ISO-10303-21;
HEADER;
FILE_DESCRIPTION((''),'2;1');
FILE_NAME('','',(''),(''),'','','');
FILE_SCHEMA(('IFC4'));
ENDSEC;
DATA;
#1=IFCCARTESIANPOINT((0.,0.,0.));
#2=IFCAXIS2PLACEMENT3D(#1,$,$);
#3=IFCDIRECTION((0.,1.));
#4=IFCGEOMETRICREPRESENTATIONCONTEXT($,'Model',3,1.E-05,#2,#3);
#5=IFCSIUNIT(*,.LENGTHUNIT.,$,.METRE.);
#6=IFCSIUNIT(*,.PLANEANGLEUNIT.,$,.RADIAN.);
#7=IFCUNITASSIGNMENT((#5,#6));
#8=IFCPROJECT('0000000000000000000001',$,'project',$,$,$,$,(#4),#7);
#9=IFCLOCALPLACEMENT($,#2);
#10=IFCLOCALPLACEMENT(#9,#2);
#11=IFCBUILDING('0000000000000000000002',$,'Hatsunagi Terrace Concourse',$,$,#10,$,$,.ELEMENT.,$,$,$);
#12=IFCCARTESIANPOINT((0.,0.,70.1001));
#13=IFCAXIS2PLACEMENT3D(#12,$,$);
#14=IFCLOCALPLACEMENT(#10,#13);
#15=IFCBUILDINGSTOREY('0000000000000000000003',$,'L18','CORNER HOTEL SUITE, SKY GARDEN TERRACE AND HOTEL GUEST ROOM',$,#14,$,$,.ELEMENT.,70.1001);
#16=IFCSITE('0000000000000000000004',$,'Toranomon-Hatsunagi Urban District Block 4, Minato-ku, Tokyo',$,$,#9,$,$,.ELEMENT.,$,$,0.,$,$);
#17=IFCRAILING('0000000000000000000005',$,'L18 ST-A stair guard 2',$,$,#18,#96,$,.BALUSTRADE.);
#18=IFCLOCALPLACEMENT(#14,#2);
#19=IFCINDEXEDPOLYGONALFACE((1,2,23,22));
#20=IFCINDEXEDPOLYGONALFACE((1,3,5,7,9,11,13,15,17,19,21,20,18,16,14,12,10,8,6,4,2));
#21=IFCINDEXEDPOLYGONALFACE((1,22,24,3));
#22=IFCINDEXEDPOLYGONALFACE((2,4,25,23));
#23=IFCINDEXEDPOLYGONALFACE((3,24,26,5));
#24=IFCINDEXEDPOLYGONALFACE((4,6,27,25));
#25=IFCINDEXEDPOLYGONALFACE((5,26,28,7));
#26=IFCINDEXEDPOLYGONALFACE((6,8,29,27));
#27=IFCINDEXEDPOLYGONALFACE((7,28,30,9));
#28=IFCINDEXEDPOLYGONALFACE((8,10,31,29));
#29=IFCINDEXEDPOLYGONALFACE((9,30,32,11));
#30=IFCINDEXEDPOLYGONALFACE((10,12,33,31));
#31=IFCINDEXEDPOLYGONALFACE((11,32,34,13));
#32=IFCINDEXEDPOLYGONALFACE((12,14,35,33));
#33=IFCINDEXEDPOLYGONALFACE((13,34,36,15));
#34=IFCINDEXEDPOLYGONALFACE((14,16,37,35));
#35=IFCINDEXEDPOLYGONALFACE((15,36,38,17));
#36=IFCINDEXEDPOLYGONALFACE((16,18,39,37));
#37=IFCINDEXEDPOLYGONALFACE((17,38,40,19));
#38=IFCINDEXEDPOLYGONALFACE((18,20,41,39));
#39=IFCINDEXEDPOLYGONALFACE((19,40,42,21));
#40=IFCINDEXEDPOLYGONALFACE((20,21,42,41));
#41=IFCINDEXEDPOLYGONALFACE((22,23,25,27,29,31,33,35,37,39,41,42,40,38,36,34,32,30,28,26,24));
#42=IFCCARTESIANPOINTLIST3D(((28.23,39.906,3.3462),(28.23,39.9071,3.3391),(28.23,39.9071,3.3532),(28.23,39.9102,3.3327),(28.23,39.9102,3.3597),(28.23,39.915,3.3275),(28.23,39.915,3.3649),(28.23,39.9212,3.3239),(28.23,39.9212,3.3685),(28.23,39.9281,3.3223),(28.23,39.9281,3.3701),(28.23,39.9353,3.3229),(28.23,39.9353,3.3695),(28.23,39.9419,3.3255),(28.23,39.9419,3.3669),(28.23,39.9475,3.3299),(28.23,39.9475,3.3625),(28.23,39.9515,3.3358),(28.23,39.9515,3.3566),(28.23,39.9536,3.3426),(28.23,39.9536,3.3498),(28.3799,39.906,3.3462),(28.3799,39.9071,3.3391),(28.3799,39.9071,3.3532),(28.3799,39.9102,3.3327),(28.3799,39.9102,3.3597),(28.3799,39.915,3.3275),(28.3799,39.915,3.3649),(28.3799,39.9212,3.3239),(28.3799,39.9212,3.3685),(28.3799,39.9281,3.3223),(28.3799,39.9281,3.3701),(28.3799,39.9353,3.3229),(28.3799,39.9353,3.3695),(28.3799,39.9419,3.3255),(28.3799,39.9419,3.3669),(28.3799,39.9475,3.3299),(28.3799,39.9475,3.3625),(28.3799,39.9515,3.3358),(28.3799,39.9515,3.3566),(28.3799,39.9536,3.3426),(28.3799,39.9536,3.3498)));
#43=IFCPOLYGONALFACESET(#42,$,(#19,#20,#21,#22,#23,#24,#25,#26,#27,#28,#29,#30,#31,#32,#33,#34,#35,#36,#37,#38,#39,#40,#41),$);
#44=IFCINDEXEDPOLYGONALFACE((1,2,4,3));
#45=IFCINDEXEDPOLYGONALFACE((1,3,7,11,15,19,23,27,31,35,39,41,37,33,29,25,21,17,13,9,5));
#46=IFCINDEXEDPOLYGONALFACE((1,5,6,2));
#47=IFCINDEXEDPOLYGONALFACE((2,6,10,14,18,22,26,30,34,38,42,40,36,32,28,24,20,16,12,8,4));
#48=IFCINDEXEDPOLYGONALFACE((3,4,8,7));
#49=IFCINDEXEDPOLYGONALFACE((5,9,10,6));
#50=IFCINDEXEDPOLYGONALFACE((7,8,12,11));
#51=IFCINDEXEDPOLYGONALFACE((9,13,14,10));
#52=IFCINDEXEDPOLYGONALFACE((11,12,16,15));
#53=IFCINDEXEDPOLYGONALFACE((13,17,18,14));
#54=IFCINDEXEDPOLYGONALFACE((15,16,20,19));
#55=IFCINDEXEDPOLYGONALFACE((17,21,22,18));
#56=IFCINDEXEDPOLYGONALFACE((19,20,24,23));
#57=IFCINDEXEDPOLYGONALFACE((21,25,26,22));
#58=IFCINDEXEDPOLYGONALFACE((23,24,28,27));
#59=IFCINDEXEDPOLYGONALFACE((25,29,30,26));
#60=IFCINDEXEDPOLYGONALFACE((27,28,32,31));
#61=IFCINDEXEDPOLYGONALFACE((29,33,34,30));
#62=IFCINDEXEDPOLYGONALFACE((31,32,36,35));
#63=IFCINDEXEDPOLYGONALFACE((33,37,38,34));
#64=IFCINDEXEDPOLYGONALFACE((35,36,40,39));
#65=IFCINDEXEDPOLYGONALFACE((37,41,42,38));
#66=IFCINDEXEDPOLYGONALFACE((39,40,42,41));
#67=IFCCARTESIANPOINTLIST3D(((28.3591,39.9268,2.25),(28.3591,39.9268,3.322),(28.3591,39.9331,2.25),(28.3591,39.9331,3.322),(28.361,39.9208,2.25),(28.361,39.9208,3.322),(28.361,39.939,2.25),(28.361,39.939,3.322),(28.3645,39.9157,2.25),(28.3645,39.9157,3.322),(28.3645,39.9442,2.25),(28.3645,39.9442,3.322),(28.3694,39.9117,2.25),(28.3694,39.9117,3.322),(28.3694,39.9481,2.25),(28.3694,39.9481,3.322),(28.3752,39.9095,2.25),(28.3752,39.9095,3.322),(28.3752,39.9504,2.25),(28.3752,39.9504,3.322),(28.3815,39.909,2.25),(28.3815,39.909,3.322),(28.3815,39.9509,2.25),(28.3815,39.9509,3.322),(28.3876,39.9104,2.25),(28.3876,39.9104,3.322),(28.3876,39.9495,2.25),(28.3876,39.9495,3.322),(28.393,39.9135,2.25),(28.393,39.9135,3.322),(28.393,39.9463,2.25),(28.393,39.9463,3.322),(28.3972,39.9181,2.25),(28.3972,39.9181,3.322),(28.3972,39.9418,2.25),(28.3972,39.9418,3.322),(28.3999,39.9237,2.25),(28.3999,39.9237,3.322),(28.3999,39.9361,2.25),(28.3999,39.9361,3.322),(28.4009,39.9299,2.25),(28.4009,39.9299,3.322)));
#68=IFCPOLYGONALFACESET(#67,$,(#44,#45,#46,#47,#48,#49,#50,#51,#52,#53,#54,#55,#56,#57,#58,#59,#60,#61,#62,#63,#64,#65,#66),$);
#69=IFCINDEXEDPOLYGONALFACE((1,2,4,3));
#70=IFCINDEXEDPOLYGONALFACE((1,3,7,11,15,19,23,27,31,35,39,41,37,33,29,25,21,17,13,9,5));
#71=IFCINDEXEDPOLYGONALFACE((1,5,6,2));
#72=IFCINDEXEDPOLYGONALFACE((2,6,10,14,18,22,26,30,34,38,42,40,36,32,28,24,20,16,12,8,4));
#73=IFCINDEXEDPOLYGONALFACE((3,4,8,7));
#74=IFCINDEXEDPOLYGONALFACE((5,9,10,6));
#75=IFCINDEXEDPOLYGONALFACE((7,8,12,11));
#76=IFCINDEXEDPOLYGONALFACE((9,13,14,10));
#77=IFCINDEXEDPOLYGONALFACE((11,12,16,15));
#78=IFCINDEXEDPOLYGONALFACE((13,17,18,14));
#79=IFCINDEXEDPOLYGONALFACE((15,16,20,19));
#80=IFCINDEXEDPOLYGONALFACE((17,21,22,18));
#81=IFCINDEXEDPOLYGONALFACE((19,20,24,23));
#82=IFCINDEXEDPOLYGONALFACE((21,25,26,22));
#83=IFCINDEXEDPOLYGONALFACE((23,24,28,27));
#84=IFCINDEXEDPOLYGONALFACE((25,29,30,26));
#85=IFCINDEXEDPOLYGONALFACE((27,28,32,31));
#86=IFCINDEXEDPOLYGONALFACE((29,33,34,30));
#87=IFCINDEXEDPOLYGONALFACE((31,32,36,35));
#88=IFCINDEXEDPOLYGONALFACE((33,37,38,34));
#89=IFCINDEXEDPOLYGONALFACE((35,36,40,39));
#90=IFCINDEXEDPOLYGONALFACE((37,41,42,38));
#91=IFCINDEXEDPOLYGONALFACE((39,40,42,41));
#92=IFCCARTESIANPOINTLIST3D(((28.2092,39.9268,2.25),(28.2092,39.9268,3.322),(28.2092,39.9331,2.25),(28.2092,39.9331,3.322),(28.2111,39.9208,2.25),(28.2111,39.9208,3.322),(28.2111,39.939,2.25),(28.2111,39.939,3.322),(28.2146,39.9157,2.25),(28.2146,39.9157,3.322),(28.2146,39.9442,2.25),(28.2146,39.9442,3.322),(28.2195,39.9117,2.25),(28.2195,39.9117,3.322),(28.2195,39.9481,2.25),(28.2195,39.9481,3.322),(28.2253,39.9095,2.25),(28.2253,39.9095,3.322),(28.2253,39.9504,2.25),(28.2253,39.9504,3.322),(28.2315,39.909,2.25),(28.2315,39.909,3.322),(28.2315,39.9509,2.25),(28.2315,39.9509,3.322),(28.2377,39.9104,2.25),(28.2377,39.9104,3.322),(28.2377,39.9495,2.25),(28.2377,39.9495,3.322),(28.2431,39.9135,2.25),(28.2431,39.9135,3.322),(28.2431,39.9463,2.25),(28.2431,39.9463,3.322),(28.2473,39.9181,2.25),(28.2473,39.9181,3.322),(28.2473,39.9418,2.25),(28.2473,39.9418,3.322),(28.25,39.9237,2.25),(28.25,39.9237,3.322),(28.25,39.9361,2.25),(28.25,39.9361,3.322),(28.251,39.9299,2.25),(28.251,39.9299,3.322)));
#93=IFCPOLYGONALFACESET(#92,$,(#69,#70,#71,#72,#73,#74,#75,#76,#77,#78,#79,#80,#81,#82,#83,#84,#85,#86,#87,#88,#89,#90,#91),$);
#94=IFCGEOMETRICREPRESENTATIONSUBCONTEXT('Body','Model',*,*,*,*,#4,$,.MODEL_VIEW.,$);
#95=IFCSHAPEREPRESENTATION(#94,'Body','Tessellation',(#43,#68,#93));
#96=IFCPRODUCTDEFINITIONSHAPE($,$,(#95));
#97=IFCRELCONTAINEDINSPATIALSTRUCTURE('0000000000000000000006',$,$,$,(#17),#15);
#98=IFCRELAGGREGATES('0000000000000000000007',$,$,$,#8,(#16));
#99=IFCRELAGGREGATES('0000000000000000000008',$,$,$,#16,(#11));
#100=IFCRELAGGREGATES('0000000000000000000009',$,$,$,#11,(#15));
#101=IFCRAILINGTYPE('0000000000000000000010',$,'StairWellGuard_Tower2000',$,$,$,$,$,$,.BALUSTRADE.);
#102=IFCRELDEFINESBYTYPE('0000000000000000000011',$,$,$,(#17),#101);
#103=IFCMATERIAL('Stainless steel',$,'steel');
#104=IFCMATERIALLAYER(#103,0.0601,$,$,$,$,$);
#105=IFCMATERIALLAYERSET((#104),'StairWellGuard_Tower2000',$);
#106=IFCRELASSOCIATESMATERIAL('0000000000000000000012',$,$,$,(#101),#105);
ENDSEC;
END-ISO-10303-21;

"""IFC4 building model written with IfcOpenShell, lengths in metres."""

from ifc_helpers import new_model, si_unit, direction, frame, origin, origin_2d, place, context, subcontext, project, spatial, circle, extrude, material, layer, layer_set, type_object, element, save


model = new_model("IFC4")

# Units and contexts
model_context = context("Model", 3, precision=1e-05, world=origin(), true_north=direction((0.0, 1.0)))
body_context = subcontext(model_context, "Body", "Model", "MODEL_VIEW")
ifc_project = project(units=[si_unit("LENGTHUNIT", "METRE"), si_unit("PLANEANGLEUNIT", "RADIAN")], contexts=[model_context])

# Site, building, storey
site_placement = place(None, origin())
site = spatial("IfcSite", under=ifc_project, at=site_placement, Name="Toranomon-Hatsunagi Urban District Block 4, Minato-ku, Tokyo", CompositionType="ELEMENT", RefElevation=0.0)
building_placement = place(site_placement, origin())
building = spatial("IfcBuilding", under=site, at=building_placement, Name="Hatsunagi Terrace Concourse", CompositionType="ELEMENT")
storey_placement = place(building_placement, frame((0.0, 0.0, 70.1001)))
storey = spatial("IfcBuildingStorey", under=building, at=storey_placement, Name="L18", Description="CORNER HOTEL SUITE, SKY GARDEN TERRACE AND HOTEL GUEST ROOM", CompositionType="ELEMENT", Elevation=70.1001)

# Railing
ifc_material_1 = material(Name="Stainless steel", Category="steel")
ifc_layer_1 = layer(ifc_material_1, 0.0601)
ifc_layer_set_1 = layer_set([ifc_layer_1], Name="StairWellGuard_Tower2000")
railing_type_1 = type_object("IfcRailingType", Name="StairWellGuard_Tower2000", PredefinedType="BALUSTRADE", material=ifc_layer_set_1)
railing_1_placement = place(storey_placement, frame((28.3799, 39.9299, 2.25)))
element("IfcRailing", 1, at=railing_1_placement, inside=storey, type_object=railing_type_1, Name="L18 ST-A stair guard 2", PredefinedType="BALUSTRADE", context=body_context, shape_type="SweptSolid", body=[
    extrude(circle(Radius=0.0239, at=origin_2d()), frame((0.0, 0.0, 1.0962), z_axis=(-1.0, 0.0, 0.0), x_axis=(0.0, -1.0, 0.0)), (0.0, 0.0, 1.0), 0.1499),
    extrude(circle(Radius=0.021, at=origin_2d()), origin(), (0.0, 0.0, 1.0), 1.072),
    extrude(circle(Radius=0.021, at=origin_2d()), frame((-0.1499, 0.0, 0.0)), (0.0, 0.0, 1.0), 1.072),
])

save(model, "model.ifc")
